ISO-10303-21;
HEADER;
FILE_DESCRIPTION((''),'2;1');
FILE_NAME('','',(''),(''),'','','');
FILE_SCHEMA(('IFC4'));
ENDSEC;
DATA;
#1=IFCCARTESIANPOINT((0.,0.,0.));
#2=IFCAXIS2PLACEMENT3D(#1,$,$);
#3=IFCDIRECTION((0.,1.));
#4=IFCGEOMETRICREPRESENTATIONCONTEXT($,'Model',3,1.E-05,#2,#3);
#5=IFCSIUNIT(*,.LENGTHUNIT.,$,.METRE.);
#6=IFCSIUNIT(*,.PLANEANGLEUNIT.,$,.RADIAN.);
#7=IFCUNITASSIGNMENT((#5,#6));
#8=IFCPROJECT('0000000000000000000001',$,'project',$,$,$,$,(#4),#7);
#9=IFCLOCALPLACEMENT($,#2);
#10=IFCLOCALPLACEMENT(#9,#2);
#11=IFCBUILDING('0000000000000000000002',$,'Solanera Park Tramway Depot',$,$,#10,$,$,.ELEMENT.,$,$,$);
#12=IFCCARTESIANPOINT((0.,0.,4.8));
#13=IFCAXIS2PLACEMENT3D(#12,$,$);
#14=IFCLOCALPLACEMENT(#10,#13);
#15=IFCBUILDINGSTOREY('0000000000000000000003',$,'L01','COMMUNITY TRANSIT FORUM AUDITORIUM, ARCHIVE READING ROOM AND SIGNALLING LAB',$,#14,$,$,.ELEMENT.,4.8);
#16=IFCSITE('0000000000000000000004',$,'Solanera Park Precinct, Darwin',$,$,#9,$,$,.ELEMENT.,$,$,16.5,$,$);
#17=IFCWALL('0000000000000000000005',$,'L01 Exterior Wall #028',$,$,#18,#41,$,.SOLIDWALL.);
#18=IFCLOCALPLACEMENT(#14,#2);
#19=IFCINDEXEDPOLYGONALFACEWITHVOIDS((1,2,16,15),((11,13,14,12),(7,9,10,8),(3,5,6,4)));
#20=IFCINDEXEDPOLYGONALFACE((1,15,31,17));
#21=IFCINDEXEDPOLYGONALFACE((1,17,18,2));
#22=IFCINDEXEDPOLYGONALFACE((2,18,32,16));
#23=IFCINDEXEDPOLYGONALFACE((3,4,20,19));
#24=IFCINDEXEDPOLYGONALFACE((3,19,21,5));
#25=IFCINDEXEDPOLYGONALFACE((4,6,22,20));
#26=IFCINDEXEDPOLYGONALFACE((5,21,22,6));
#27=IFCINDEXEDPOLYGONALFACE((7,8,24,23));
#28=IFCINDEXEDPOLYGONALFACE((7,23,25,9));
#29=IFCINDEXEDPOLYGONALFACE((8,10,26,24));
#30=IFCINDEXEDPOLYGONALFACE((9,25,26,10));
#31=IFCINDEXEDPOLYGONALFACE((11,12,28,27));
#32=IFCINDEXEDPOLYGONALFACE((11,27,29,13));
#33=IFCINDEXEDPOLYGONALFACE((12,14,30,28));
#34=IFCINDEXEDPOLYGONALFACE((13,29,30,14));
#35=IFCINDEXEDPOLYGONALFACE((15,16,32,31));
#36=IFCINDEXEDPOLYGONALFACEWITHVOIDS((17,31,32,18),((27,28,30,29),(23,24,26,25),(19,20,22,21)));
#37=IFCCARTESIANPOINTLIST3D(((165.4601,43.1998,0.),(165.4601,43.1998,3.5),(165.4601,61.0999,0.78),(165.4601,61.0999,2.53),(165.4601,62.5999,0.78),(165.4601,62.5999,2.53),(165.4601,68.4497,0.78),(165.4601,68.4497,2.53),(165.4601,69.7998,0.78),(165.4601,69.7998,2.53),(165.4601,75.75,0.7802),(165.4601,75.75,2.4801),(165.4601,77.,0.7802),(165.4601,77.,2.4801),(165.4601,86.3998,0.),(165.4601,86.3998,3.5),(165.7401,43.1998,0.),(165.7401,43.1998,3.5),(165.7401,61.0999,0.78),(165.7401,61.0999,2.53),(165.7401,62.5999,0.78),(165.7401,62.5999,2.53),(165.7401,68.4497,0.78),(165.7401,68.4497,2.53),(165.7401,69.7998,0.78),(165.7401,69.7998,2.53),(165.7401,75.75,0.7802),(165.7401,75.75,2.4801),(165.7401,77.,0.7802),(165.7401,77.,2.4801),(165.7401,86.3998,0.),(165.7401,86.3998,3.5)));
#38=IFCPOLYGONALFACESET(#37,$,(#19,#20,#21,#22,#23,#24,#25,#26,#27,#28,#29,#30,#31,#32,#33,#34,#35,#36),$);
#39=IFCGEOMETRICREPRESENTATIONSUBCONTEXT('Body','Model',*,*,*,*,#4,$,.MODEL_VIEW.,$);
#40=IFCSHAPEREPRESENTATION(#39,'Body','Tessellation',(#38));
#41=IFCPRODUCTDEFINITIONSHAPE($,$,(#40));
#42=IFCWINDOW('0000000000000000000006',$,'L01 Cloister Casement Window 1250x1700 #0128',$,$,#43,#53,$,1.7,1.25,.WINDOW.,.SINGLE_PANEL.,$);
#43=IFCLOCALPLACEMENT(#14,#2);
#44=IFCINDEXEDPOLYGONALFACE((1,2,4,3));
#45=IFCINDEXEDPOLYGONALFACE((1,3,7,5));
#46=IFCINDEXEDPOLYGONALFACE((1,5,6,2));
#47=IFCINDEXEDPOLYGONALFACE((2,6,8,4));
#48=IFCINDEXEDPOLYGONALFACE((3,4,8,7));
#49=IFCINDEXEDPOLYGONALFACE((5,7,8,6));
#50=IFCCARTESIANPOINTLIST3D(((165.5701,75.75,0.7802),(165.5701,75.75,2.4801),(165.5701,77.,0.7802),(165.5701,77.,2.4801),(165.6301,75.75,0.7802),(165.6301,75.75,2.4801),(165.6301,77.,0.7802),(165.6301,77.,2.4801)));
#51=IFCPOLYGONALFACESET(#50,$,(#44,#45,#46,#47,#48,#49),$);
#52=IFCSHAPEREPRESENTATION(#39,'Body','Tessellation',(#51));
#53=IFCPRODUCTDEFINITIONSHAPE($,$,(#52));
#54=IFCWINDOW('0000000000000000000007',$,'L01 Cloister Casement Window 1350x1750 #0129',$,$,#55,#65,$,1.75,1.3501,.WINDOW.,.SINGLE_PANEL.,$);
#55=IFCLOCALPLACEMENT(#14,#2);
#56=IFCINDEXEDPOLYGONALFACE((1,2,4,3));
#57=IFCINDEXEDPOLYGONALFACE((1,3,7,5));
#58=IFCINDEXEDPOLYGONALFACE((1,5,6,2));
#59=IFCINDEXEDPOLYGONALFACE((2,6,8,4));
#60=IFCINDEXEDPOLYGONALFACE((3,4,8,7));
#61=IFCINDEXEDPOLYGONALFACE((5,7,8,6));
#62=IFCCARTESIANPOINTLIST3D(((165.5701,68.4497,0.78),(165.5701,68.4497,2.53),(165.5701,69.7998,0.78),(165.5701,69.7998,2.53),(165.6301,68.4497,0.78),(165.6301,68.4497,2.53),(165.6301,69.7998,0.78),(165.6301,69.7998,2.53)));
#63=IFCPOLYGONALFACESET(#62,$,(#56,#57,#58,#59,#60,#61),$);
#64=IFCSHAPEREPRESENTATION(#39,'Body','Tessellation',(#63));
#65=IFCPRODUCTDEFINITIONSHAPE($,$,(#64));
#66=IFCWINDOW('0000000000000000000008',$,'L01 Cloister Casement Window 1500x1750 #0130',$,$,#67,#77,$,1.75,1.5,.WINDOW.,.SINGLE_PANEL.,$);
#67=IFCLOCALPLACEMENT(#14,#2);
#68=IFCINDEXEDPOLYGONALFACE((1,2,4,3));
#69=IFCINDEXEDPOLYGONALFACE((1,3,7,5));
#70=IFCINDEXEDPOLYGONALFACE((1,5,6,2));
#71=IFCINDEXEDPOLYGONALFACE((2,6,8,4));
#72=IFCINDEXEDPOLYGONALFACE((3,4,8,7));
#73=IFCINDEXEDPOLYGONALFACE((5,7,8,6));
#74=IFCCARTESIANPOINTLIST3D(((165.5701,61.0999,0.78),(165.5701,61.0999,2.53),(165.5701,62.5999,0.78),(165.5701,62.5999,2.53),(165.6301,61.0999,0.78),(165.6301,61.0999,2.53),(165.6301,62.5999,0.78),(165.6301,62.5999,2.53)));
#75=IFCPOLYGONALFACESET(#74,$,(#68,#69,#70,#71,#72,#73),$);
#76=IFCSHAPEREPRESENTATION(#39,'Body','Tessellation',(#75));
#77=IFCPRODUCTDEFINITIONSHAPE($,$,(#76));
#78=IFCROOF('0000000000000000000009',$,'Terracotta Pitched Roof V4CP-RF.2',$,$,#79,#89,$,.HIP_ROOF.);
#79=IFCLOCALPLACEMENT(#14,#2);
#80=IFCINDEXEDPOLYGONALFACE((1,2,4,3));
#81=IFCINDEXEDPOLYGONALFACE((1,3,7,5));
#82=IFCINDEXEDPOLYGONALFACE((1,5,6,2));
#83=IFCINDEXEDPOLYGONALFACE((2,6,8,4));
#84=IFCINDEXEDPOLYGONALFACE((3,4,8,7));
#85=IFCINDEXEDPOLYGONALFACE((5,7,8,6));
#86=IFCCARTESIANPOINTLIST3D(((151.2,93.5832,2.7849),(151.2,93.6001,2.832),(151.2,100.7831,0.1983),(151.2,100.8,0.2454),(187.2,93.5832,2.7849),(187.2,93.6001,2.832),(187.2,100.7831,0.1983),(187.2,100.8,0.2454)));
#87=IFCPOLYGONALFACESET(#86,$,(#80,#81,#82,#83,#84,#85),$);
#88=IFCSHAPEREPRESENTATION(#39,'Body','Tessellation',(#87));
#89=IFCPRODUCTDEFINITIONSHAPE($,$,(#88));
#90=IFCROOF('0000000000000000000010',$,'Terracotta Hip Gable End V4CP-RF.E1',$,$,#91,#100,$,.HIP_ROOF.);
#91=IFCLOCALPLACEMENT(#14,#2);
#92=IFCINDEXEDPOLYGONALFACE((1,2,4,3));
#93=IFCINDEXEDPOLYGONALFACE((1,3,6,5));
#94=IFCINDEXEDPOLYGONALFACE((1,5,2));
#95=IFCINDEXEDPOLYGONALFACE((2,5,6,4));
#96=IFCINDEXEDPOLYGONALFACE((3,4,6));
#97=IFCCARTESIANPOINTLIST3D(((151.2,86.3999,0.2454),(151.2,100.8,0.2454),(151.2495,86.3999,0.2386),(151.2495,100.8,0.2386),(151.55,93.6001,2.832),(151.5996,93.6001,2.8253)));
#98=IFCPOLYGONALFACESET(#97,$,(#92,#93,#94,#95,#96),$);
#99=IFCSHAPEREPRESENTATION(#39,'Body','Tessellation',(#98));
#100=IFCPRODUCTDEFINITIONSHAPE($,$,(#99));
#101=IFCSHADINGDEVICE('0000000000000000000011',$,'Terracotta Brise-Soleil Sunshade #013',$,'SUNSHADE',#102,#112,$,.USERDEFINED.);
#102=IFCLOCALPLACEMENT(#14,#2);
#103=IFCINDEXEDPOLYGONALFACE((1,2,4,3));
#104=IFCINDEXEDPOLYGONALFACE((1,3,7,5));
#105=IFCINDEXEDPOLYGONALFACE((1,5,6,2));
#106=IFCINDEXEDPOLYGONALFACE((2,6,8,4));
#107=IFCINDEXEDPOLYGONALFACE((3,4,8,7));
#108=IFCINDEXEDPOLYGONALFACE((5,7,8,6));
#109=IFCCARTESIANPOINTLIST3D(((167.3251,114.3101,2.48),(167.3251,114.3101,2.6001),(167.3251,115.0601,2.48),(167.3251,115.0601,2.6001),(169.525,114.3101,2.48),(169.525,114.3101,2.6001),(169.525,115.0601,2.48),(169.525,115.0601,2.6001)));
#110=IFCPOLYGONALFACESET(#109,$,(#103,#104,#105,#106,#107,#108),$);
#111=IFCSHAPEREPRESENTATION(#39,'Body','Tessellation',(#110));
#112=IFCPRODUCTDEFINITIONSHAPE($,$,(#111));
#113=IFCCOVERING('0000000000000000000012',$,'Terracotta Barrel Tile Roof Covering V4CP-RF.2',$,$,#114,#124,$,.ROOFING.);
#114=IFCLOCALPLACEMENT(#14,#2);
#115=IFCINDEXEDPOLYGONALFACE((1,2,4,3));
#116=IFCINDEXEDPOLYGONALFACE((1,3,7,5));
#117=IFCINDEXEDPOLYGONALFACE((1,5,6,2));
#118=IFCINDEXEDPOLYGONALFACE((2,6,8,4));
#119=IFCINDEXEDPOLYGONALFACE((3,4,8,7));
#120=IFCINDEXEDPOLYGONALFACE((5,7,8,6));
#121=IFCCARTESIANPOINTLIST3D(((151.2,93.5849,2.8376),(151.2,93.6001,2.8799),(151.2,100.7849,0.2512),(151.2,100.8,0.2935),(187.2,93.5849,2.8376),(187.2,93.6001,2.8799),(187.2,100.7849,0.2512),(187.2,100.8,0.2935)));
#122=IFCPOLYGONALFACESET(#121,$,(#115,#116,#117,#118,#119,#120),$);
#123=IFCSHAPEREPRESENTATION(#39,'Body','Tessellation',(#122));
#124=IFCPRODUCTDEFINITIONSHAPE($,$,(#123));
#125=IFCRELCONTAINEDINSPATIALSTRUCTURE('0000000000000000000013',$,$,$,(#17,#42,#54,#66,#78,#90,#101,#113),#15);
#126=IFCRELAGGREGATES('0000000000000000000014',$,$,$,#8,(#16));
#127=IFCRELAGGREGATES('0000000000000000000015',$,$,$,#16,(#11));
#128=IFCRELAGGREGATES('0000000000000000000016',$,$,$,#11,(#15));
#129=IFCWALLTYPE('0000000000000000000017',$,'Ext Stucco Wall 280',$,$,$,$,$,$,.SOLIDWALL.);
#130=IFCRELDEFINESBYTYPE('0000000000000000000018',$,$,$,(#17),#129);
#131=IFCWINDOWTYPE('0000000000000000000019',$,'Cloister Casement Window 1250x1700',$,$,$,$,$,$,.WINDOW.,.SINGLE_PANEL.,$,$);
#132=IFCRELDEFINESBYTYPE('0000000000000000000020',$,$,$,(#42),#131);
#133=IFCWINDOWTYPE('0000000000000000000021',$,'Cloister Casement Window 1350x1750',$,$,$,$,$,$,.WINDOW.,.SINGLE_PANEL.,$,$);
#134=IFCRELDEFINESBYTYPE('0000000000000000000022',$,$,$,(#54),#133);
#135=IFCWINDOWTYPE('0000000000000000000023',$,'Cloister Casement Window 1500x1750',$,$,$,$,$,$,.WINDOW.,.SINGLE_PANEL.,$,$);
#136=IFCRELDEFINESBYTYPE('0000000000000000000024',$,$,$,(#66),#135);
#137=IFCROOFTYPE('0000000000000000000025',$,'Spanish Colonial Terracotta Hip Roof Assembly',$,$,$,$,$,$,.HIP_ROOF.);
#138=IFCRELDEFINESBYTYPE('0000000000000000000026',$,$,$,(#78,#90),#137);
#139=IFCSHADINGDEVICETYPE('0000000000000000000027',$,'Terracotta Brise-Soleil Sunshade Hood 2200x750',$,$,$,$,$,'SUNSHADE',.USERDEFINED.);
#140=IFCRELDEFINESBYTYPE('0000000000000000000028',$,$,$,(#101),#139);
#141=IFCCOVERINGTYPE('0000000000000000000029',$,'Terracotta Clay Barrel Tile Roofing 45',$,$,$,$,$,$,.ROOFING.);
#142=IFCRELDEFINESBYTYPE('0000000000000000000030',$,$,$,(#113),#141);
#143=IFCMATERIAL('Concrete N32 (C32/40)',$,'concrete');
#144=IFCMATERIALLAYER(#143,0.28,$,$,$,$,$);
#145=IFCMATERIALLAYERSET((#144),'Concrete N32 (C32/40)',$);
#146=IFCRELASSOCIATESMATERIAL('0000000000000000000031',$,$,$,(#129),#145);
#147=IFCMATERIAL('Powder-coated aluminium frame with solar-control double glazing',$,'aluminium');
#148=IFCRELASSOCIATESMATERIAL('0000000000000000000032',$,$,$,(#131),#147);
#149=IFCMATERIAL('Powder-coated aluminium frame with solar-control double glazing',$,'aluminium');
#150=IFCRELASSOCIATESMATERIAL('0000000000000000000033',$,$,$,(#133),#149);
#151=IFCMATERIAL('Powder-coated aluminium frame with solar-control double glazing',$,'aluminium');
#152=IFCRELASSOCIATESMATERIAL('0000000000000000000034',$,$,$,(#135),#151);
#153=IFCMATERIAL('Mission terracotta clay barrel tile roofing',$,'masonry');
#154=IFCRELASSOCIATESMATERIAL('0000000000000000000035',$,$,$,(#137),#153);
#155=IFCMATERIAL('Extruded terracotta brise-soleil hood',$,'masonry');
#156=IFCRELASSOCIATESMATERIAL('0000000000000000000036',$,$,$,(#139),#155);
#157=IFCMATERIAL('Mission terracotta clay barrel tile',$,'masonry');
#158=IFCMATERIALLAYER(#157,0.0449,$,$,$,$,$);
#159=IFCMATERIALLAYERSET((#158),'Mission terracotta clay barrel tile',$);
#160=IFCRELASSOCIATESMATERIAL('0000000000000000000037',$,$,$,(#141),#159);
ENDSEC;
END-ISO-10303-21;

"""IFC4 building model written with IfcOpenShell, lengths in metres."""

from ifc_helpers import new_model, si_unit, direction, frame, frame_2d, origin, origin_2d, place, context, subcontext, project, spatial, polyline, rectangle, outline, extrude, material, layer, layer_set, type_object, element, fill, save


model = new_model("IFC4")

# Units and contexts
model_context = context("Model", 3, precision=1e-05, world=origin(), true_north=direction((0.0, 1.0)))
body_context = subcontext(model_context, "Body", "Model", "MODEL_VIEW")
ifc_project = project(units=[si_unit("LENGTHUNIT", "METRE"), si_unit("PLANEANGLEUNIT", "RADIAN")], contexts=[model_context])

# Site, building, storey
site_placement = place(None, origin())
site = spatial("IfcSite", under=ifc_project, at=site_placement, Name="Solanera Park Precinct, Darwin", CompositionType="ELEMENT", RefElevation=16.5)
building_placement = place(site_placement, origin())
building = spatial("IfcBuilding", under=site, at=building_placement, Name="Solanera Park Tramway Depot", CompositionType="ELEMENT")
storey_placement = place(building_placement, frame((0.0, 0.0, 4.8)))
storey = spatial("IfcBuildingStorey", under=building, at=storey_placement, Name="L01", Description="COMMUNITY TRANSIT FORUM AUDITORIUM, ARCHIVE READING ROOM AND SIGNALLING LAB", CompositionType="ELEMENT", Elevation=4.8)

# Wall, openings, windows
ifc_material_1 = material(Name="Concrete N32 (C32/40)", Category="concrete")
ifc_layer_1 = layer(ifc_material_1, 0.28)
ifc_layer_set_1 = layer_set([ifc_layer_1], Name="Concrete N32 (C32/40)")
wall_type = type_object("IfcWallType", Name="Ext Stucco Wall 280", PredefinedType="SOLIDWALL", material=ifc_layer_set_1)
ifc_material_2 = material(Name="Powder-coated aluminium frame with solar-control double glazing", Category="aluminium")
window_type_1 = type_object("IfcWindowType", Name="Cloister Casement Window 1250x1700", PartitioningType="SINGLE_PANEL", PredefinedType="WINDOW", material=ifc_material_2)
ifc_material_3 = material(Name="Powder-coated aluminium frame with solar-control double glazing", Category="aluminium")
window_type_2 = type_object("IfcWindowType", Name="Cloister Casement Window 1350x1750", PartitioningType="SINGLE_PANEL", PredefinedType="WINDOW", material=ifc_material_3)
ifc_material_4 = material(Name="Powder-coated aluminium frame with solar-control double glazing", Category="aluminium")
window_type_3 = type_object("IfcWindowType", Name="Cloister Casement Window 1500x1750", PartitioningType="SINGLE_PANEL", PredefinedType="WINDOW", material=ifc_material_4)
wall_1_placement = place(storey_placement, frame((165.6001, 86.3999, 0.0), z_axis=(0.0, 0.0, 1.0), x_axis=(0.0, -1.0, 0.0)))
wall_1 = element("IfcWall", 1, at=wall_1_placement, inside=storey, type_object=wall_type, Name="L01 Exterior Wall #028", PredefinedType="SOLIDWALL", context=body_context, shape_type="SweptSolid", body=[
    extrude(rectangle(XDim=43.2, YDim=0.28, at=frame_2d((21.6001, 0.0))), origin(), (0.0, 0.0, 1.0), 3.5),
])
opening_1_placement = place(wall_1_placement, frame((9.3999, 0.0, 0.78)))
opening_1 = element("IfcOpeningElement", 2, at=opening_1_placement, cuts=wall_1, PredefinedType="OPENING", context=body_context, shape_type="SweptSolid", body=[
    extrude(rectangle(XDim=1.25, YDim=1.7, at=frame_2d((0.625, 0.8501))), frame((0.0, 0.1499, 0.0), z_axis=(0.0, -1.0, 0.0), x_axis=(1.0, 0.0, 0.0)), (0.0, 0.0, 1.0), 0.3),
])
opening_2_placement = place(wall_1_placement, frame((16.6001, 0.0, 0.78)))
opening_2 = element("IfcOpeningElement", 3, at=opening_2_placement, cuts=wall_1, PredefinedType="OPENING", context=body_context, shape_type="SweptSolid", body=[
    extrude(rectangle(XDim=1.3501, YDim=1.75, at=frame_2d((0.675, 0.875))), frame((0.0, 0.1499, 0.0), z_axis=(0.0, -1.0, 0.0), x_axis=(1.0, 0.0, 0.0)), (0.0, 0.0, 1.0), 0.3),
])
opening_3_placement = place(wall_1_placement, frame((23.8, 0.0, 0.78)))
opening_3 = element("IfcOpeningElement", 4, at=opening_3_placement, cuts=wall_1, PredefinedType="OPENING", context=body_context, shape_type="SweptSolid", body=[
    extrude(rectangle(XDim=1.5, YDim=1.75, at=frame_2d((0.75, 0.875))), frame((0.0, 0.1499, 0.0), z_axis=(0.0, -1.0, 0.0), x_axis=(1.0, 0.0, 0.0)), (0.0, 0.0, 1.0), 0.3),
])
window_1_placement = place(opening_1_placement, origin())
window_1 = element("IfcWindow", 5, at=window_1_placement, inside=storey, type_object=window_type_1, Name="L01 Cloister Casement Window 1250x1700 #0128", OverallHeight=1.7, OverallWidth=1.25, PartitioningType="SINGLE_PANEL", PredefinedType="WINDOW", context=body_context, shape_type="SweptSolid", body=[
    extrude(rectangle(XDim=1.25, YDim=1.7, at=frame_2d((0.625, 0.8501))), frame((0.0, 0.03, 0.0), z_axis=(0.0, -1.0, 0.0), x_axis=(1.0, 0.0, 0.0)), (0.0, 0.0, 1.0), 0.0601),
])
fill(opening_1, window_1)
window_2_placement = place(opening_2_placement, origin())
window_2 = element("IfcWindow", 6, at=window_2_placement, inside=storey, type_object=window_type_2, Name="L01 Cloister Casement Window 1350x1750 #0129", OverallHeight=1.75, OverallWidth=1.3501, PartitioningType="SINGLE_PANEL", PredefinedType="WINDOW", context=body_context, shape_type="SweptSolid", body=[
    extrude(rectangle(XDim=1.3501, YDim=1.75, at=frame_2d((0.675, 0.875))), frame((0.0, 0.03, 0.0), z_axis=(0.0, -1.0, 0.0), x_axis=(1.0, 0.0, 0.0)), (0.0, 0.0, 1.0), 0.0601),
])
fill(opening_2, window_2)
window_3_placement = place(opening_3_placement, origin())
window_3 = element("IfcWindow", 7, at=window_3_placement, inside=storey, type_object=window_type_3, Name="L01 Cloister Casement Window 1500x1750 #0130", OverallHeight=1.75, OverallWidth=1.5, PartitioningType="SINGLE_PANEL", PredefinedType="WINDOW", context=body_context, shape_type="SweptSolid", body=[
    extrude(rectangle(XDim=1.5, YDim=1.75, at=frame_2d((0.75, 0.875))), frame((0.0, 0.03, 0.0), z_axis=(0.0, -1.0, 0.0), x_axis=(1.0, 0.0, 0.0)), (0.0, 0.0, 1.0), 0.0601),
])
fill(opening_3, window_3)

# Roofs
ifc_material_5 = material(Name="Mission terracotta clay barrel tile roofing", Category="masonry")
roof_type = type_object("IfcRoofType", Name="Spanish Colonial Terracotta Hip Roof Assembly", PredefinedType="HIP_ROOF", material=ifc_material_5)
roof_1_placement = place(storey_placement, frame((151.2, 93.6001, 2.832), z_axis=(0.0, 0.338105, 0.941109), x_axis=(1.0, 0.0, 0.0)))
element("IfcRoof", 8, at=roof_1_placement, inside=storey, type_object=roof_type, Name="Terracotta Pitched Roof V4CP-RF.2", PredefinedType="HIP_ROOF", context=body_context, shape_type="SweptSolid", body=[
    extrude(outline(polyline([(0.0, 0.0), (36.0, 0.0), (36.0, 7.6505), (0.0, 7.6505), (0.0, 0.0)])), origin(), (0.0, 0.0, -1.0), 0.05),
])
roof_2_placement = place(storey_placement, frame((151.2, 100.8, 0.2454), z_axis=(-0.990965, 0.0, 0.134124), x_axis=(0.0, -1.0, 0.0)))
element("IfcRoof", 9, at=roof_2_placement, inside=storey, type_object=roof_type, Name="Terracotta Hip Gable End V4CP-RF.E1", PredefinedType="HIP_ROOF", context=body_context, shape_type="SweptSolid", body=[
    extrude(outline(polyline([(0.0, 0.0), (14.4001, 0.0), (7.2, 2.6103), (0.0, 0.0)])), origin(), (0.0, 0.0, -1.0), 0.05),
])

# Shading device
ifc_material_6 = material(Name="Extruded terracotta brise-soleil hood", Category="masonry")
shading_device_type = type_object("IfcShadingDeviceType", Name="Terracotta Brise-Soleil Sunshade Hood 2200x750", ElementType="SUNSHADE", PredefinedType="USERDEFINED", material=ifc_material_6)
shading_device_placement = place(storey_placement, frame((168.425, 114.6851, 2.48), z_axis=(0.0, 0.0, 1.0), x_axis=(1.0, 0.0, 0.0)))
element("IfcShadingDevice", 10, at=shading_device_placement, inside=storey, type_object=shading_device_type, Name="Terracotta Brise-Soleil Sunshade #013", ObjectType="SUNSHADE", PredefinedType="USERDEFINED", context=body_context, shape_type="SweptSolid", body=[
    extrude(rectangle(XDim=2.2, YDim=0.75, at=origin_2d()), origin(), (0.0, 0.0, 1.0), 0.1201),
])

# Covering
ifc_material_7 = material(Name="Mission terracotta clay barrel tile", Category="masonry")
ifc_layer_2 = layer(ifc_material_7, 0.0449)
ifc_layer_set_2 = layer_set([ifc_layer_2], Name="Mission terracotta clay barrel tile")
covering_type = type_object("IfcCoveringType", Name="Terracotta Clay Barrel Tile Roofing 45", PredefinedType="ROOFING", material=ifc_layer_set_2)
covering_placement = place(storey_placement, frame((151.2, 93.6001, 2.8799), z_axis=(0.0, 0.338076, 0.941119), x_axis=(1.0, 0.0, 0.0)))
element("IfcCovering", 11, at=covering_placement, inside=storey, type_object=covering_type, Name="Terracotta Barrel Tile Roof Covering V4CP-RF.2", PredefinedType="ROOFING", context=body_context, shape_type="SweptSolid", body=[
    extrude(outline(polyline([(0.0, 0.0), (36.0, 0.0), (36.0, 7.6504), (0.0, 7.6504), (0.0, 0.0)])), origin(), (0.0, 0.0, -1.0), 0.0449),
])

save(model, "model.ifc")
